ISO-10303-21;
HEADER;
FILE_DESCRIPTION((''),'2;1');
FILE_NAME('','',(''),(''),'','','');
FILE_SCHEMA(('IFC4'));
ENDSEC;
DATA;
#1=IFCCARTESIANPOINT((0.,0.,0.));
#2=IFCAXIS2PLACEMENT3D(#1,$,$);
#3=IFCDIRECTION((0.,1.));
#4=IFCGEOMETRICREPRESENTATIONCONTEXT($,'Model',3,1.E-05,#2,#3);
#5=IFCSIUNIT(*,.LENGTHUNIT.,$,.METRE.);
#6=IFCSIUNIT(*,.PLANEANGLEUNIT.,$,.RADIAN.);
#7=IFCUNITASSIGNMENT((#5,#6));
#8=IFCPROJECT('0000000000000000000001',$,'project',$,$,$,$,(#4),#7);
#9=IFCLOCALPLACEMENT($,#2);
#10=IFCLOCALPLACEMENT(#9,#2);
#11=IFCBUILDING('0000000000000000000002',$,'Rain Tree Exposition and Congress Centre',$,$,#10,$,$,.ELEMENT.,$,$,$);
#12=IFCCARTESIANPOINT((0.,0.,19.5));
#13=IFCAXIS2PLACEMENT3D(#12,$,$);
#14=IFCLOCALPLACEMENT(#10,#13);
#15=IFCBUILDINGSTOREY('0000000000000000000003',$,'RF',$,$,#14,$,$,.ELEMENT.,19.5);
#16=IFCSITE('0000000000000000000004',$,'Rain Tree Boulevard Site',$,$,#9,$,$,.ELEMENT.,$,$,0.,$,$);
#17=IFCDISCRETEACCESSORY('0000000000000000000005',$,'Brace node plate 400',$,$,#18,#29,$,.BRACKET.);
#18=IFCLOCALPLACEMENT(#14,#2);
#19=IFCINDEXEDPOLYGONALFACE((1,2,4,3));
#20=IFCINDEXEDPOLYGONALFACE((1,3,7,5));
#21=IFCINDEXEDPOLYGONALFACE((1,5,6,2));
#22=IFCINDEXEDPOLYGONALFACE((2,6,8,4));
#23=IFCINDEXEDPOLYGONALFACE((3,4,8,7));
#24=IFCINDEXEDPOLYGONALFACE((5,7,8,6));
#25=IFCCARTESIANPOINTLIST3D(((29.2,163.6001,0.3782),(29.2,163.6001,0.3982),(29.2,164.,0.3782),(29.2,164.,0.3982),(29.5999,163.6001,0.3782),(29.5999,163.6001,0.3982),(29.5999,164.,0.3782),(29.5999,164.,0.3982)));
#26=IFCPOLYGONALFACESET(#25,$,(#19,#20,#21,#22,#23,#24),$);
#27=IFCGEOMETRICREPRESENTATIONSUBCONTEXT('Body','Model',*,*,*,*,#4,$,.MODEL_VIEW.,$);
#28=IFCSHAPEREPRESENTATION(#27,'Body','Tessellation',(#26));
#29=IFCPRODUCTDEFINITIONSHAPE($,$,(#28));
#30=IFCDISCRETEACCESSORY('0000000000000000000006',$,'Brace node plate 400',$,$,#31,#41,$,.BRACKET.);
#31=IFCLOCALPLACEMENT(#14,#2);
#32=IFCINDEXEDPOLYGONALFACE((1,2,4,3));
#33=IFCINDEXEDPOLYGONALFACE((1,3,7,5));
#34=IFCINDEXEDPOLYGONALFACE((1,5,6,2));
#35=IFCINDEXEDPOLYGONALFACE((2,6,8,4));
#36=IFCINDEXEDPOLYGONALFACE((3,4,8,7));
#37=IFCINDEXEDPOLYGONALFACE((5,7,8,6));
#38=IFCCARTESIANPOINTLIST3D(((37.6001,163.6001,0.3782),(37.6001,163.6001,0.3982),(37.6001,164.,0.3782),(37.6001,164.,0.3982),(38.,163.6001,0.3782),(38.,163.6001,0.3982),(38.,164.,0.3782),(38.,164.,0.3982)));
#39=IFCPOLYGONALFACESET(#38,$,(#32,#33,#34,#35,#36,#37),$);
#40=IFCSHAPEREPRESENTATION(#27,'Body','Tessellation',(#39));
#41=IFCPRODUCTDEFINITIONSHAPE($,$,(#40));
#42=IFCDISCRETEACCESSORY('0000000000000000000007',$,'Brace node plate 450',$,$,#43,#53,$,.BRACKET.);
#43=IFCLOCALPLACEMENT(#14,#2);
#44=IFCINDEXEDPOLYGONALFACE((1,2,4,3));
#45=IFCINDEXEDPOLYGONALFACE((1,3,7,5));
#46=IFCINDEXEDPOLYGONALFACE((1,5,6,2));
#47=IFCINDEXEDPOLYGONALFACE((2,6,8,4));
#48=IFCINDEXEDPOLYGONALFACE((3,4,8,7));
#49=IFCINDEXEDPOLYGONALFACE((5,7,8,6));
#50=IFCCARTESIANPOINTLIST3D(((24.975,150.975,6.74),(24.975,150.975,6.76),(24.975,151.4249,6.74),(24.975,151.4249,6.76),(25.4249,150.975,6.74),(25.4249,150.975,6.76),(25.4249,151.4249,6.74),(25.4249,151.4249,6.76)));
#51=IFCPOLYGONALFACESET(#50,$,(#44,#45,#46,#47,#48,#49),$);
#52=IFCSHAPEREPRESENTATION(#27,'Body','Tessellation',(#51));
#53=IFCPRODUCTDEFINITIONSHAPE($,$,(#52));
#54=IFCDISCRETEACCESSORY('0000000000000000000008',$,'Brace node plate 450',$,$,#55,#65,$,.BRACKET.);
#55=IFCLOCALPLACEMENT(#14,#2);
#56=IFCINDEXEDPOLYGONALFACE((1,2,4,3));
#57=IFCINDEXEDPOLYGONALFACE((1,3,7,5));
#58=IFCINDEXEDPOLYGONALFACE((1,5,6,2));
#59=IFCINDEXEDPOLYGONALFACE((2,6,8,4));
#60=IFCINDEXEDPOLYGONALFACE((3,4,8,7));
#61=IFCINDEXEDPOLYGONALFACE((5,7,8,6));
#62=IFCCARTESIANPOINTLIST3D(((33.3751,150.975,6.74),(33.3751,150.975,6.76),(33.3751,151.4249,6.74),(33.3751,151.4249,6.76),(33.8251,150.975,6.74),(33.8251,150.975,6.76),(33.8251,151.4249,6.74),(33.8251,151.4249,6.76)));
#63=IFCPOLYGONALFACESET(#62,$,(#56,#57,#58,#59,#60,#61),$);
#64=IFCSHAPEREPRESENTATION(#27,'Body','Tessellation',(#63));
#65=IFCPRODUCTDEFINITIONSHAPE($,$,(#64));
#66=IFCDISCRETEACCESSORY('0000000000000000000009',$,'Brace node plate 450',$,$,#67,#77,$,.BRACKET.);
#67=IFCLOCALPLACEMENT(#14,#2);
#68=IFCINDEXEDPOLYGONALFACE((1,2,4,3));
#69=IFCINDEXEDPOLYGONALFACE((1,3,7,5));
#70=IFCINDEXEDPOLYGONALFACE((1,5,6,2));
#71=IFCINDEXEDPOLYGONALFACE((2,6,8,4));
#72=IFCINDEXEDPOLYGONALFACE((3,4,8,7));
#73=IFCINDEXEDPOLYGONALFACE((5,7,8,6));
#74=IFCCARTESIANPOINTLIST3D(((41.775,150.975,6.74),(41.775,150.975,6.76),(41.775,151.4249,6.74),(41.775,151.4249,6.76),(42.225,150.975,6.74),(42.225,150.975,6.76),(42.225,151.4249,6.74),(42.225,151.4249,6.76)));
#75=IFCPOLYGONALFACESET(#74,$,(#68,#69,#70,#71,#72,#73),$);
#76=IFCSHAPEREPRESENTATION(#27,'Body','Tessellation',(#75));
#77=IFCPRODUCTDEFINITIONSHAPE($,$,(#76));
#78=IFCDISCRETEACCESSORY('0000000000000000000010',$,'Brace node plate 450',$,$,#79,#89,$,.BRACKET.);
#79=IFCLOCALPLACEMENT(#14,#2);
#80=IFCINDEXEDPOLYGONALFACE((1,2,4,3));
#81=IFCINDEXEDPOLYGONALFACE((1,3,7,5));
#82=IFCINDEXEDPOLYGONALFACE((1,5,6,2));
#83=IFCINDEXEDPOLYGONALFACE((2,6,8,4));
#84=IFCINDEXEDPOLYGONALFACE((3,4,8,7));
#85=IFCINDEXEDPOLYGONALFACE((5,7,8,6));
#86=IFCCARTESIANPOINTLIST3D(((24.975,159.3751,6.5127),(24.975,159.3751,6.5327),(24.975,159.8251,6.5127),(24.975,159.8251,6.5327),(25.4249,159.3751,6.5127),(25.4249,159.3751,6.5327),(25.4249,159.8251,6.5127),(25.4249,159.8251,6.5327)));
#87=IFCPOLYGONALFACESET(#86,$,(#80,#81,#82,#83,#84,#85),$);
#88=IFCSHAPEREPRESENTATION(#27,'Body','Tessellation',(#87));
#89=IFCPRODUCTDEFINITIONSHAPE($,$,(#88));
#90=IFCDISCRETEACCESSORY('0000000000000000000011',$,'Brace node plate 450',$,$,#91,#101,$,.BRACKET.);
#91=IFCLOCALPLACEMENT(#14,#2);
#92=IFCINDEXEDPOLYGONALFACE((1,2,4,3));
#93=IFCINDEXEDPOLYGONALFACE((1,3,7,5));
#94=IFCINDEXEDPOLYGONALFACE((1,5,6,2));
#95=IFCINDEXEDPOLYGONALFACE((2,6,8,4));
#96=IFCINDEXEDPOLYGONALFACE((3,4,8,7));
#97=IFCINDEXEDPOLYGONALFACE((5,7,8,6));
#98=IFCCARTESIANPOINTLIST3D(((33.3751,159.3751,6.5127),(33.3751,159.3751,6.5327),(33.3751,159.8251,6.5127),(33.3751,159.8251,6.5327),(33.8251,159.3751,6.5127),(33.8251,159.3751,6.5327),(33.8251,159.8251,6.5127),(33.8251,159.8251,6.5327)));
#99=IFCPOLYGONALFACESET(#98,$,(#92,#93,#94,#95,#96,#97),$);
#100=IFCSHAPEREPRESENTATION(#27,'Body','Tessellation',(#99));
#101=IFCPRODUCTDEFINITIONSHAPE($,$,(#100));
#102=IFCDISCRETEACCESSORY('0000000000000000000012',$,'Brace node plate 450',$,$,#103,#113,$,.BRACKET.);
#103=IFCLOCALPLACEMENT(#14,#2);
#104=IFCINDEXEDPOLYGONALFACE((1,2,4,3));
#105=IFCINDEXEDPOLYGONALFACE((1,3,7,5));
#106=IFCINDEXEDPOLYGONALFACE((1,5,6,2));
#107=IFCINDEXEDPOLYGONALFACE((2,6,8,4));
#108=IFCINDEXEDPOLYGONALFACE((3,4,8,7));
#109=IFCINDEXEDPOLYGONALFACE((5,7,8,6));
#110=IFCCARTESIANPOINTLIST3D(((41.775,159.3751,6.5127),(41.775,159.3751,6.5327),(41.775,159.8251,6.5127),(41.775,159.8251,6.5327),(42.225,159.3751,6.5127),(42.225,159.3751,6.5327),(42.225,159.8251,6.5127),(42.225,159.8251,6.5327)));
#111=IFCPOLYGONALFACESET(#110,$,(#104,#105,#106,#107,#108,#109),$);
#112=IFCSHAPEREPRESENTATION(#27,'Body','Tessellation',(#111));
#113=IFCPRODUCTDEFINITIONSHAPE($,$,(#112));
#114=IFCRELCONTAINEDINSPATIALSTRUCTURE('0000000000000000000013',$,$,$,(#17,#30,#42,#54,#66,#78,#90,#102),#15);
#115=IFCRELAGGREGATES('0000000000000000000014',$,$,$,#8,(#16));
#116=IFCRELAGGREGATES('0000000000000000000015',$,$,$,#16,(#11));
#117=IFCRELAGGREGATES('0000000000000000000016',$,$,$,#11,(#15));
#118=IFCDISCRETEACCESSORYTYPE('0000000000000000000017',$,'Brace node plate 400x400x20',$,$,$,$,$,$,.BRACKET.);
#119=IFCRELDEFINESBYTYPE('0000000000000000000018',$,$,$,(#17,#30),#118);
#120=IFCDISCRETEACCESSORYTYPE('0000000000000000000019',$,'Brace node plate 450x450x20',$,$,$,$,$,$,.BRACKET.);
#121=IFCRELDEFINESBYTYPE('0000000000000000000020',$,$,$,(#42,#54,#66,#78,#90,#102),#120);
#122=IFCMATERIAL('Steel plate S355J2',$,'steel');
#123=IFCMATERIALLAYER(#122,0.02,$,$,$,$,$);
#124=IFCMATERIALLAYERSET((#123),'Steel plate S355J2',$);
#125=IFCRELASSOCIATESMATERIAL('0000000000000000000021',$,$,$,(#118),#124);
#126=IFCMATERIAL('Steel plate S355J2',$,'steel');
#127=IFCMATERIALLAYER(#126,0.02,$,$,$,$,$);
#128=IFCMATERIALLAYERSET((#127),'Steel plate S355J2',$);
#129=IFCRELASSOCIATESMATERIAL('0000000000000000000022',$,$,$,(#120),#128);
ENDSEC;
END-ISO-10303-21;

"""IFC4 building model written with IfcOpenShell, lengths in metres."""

from ifc_helpers import new_model, si_unit, direction, frame, origin, origin_2d, place, context, subcontext, project, spatial, rectangle, extrude, material, layer, layer_set, type_object, element, save


model = new_model("IFC4")

# Units and contexts
model_context = context("Model", 3, precision=1e-05, world=origin(), true_north=direction((0.0, 1.0)))
body_context = subcontext(model_context, "Body", "Model", "MODEL_VIEW")
ifc_project = project(units=[si_unit("LENGTHUNIT", "METRE"), si_unit("PLANEANGLEUNIT", "RADIAN")], contexts=[model_context])

# Site, building, storey
site_placement = place(None, origin())
site = spatial("IfcSite", under=ifc_project, at=site_placement, Name="Rain Tree Boulevard Site", CompositionType="ELEMENT", RefElevation=0.0)
building_placement = place(site_placement, origin())
building = spatial("IfcBuilding", under=site, at=building_placement, Name="Rain Tree Exposition and Congress Centre", CompositionType="ELEMENT")
storey_placement = place(building_placement, frame((0.0, 0.0, 19.5)))
storey = spatial("IfcBuildingStorey", under=building, at=storey_placement, Name="RF", CompositionType="ELEMENT", Elevation=19.5)

# Discrete accessories
ifc_material_1 = material(Name="Steel plate S355J2", Category="steel")
ifc_layer_1 = layer(ifc_material_1, 0.02)
ifc_layer_set_1 = layer_set([ifc_layer_1], Name="Steel plate S355J2")
discrete_accessory_type_1 = type_object("IfcDiscreteAccessoryType", Name="Brace node plate 400x400x20", PredefinedType="BRACKET", material=ifc_layer_set_1)
for number, where, z_axis, x_axis, name in (
    (1, (29.3999, 163.8, 0.3782), (0.0, 0.0, 1.0), (1.0, 0.0, 0.0), "Brace node plate 400"),
    (2, (37.8, 163.8, 0.3782), (0.0, 0.0, 1.0), (1.0, 0.0, 0.0), "Brace node plate 400"),
):
    element("IfcDiscreteAccessory", number, at=place(storey_placement, frame(where, z_axis=z_axis, x_axis=x_axis)), inside=storey, type_object=discrete_accessory_type_1, Name=name, PredefinedType="BRACKET", context=body_context, shape_type="SweptSolid", body=[
        extrude(rectangle(XDim=0.3999, YDim=0.3999, at=origin_2d()), origin(), (0.0, 0.0, 1.0), 0.02),
    ])
ifc_material_2 = material(Name="Steel plate S355J2", Category="steel")
ifc_layer_2 = layer(ifc_material_2, 0.02)
ifc_layer_set_2 = layer_set([ifc_layer_2], Name="Steel plate S355J2")
discrete_accessory_type_2 = type_object("IfcDiscreteAccessoryType", Name="Brace node plate 450x450x20", PredefinedType="BRACKET", material=ifc_layer_set_2)
for number, where, z_axis, x_axis, name in (
    (3, (25.2, 151.2, 6.74), (0.0, 0.0, 1.0), (1.0, 0.0, 0.0), "Brace node plate 450"),
    (4, (33.6001, 151.2, 6.74), (0.0, 0.0, 1.0), (1.0, 0.0, 0.0), "Brace node plate 450"),
    (5, (42.0, 151.2, 6.74), (0.0, 0.0, 1.0), (1.0, 0.0, 0.0), "Brace node plate 450"),
    (6, (25.2, 159.6001, 6.5127), (0.0, 0.0, 1.0), (1.0, 0.0, 0.0), "Brace node plate 450"),
    (7, (33.6001, 159.6001, 6.5127), (0.0, 0.0, 1.0), (1.0, 0.0, 0.0), "Brace node plate 450"),
    (8, (42.0, 159.6001, 6.5127), (0.0, 0.0, 1.0), (1.0, 0.0, 0.0), "Brace node plate 450"),
):
    element("IfcDiscreteAccessory", number, at=place(storey_placement, frame(where, z_axis=z_axis, x_axis=x_axis)), inside=storey, type_object=discrete_accessory_type_2, Name=name, PredefinedType="BRACKET", context=body_context, shape_type="SweptSolid", body=[
        extrude(rectangle(XDim=0.45, YDim=0.45, at=origin_2d()), origin(), (0.0, 0.0, 1.0), 0.02),
    ])

save(model, "model.ifc")
